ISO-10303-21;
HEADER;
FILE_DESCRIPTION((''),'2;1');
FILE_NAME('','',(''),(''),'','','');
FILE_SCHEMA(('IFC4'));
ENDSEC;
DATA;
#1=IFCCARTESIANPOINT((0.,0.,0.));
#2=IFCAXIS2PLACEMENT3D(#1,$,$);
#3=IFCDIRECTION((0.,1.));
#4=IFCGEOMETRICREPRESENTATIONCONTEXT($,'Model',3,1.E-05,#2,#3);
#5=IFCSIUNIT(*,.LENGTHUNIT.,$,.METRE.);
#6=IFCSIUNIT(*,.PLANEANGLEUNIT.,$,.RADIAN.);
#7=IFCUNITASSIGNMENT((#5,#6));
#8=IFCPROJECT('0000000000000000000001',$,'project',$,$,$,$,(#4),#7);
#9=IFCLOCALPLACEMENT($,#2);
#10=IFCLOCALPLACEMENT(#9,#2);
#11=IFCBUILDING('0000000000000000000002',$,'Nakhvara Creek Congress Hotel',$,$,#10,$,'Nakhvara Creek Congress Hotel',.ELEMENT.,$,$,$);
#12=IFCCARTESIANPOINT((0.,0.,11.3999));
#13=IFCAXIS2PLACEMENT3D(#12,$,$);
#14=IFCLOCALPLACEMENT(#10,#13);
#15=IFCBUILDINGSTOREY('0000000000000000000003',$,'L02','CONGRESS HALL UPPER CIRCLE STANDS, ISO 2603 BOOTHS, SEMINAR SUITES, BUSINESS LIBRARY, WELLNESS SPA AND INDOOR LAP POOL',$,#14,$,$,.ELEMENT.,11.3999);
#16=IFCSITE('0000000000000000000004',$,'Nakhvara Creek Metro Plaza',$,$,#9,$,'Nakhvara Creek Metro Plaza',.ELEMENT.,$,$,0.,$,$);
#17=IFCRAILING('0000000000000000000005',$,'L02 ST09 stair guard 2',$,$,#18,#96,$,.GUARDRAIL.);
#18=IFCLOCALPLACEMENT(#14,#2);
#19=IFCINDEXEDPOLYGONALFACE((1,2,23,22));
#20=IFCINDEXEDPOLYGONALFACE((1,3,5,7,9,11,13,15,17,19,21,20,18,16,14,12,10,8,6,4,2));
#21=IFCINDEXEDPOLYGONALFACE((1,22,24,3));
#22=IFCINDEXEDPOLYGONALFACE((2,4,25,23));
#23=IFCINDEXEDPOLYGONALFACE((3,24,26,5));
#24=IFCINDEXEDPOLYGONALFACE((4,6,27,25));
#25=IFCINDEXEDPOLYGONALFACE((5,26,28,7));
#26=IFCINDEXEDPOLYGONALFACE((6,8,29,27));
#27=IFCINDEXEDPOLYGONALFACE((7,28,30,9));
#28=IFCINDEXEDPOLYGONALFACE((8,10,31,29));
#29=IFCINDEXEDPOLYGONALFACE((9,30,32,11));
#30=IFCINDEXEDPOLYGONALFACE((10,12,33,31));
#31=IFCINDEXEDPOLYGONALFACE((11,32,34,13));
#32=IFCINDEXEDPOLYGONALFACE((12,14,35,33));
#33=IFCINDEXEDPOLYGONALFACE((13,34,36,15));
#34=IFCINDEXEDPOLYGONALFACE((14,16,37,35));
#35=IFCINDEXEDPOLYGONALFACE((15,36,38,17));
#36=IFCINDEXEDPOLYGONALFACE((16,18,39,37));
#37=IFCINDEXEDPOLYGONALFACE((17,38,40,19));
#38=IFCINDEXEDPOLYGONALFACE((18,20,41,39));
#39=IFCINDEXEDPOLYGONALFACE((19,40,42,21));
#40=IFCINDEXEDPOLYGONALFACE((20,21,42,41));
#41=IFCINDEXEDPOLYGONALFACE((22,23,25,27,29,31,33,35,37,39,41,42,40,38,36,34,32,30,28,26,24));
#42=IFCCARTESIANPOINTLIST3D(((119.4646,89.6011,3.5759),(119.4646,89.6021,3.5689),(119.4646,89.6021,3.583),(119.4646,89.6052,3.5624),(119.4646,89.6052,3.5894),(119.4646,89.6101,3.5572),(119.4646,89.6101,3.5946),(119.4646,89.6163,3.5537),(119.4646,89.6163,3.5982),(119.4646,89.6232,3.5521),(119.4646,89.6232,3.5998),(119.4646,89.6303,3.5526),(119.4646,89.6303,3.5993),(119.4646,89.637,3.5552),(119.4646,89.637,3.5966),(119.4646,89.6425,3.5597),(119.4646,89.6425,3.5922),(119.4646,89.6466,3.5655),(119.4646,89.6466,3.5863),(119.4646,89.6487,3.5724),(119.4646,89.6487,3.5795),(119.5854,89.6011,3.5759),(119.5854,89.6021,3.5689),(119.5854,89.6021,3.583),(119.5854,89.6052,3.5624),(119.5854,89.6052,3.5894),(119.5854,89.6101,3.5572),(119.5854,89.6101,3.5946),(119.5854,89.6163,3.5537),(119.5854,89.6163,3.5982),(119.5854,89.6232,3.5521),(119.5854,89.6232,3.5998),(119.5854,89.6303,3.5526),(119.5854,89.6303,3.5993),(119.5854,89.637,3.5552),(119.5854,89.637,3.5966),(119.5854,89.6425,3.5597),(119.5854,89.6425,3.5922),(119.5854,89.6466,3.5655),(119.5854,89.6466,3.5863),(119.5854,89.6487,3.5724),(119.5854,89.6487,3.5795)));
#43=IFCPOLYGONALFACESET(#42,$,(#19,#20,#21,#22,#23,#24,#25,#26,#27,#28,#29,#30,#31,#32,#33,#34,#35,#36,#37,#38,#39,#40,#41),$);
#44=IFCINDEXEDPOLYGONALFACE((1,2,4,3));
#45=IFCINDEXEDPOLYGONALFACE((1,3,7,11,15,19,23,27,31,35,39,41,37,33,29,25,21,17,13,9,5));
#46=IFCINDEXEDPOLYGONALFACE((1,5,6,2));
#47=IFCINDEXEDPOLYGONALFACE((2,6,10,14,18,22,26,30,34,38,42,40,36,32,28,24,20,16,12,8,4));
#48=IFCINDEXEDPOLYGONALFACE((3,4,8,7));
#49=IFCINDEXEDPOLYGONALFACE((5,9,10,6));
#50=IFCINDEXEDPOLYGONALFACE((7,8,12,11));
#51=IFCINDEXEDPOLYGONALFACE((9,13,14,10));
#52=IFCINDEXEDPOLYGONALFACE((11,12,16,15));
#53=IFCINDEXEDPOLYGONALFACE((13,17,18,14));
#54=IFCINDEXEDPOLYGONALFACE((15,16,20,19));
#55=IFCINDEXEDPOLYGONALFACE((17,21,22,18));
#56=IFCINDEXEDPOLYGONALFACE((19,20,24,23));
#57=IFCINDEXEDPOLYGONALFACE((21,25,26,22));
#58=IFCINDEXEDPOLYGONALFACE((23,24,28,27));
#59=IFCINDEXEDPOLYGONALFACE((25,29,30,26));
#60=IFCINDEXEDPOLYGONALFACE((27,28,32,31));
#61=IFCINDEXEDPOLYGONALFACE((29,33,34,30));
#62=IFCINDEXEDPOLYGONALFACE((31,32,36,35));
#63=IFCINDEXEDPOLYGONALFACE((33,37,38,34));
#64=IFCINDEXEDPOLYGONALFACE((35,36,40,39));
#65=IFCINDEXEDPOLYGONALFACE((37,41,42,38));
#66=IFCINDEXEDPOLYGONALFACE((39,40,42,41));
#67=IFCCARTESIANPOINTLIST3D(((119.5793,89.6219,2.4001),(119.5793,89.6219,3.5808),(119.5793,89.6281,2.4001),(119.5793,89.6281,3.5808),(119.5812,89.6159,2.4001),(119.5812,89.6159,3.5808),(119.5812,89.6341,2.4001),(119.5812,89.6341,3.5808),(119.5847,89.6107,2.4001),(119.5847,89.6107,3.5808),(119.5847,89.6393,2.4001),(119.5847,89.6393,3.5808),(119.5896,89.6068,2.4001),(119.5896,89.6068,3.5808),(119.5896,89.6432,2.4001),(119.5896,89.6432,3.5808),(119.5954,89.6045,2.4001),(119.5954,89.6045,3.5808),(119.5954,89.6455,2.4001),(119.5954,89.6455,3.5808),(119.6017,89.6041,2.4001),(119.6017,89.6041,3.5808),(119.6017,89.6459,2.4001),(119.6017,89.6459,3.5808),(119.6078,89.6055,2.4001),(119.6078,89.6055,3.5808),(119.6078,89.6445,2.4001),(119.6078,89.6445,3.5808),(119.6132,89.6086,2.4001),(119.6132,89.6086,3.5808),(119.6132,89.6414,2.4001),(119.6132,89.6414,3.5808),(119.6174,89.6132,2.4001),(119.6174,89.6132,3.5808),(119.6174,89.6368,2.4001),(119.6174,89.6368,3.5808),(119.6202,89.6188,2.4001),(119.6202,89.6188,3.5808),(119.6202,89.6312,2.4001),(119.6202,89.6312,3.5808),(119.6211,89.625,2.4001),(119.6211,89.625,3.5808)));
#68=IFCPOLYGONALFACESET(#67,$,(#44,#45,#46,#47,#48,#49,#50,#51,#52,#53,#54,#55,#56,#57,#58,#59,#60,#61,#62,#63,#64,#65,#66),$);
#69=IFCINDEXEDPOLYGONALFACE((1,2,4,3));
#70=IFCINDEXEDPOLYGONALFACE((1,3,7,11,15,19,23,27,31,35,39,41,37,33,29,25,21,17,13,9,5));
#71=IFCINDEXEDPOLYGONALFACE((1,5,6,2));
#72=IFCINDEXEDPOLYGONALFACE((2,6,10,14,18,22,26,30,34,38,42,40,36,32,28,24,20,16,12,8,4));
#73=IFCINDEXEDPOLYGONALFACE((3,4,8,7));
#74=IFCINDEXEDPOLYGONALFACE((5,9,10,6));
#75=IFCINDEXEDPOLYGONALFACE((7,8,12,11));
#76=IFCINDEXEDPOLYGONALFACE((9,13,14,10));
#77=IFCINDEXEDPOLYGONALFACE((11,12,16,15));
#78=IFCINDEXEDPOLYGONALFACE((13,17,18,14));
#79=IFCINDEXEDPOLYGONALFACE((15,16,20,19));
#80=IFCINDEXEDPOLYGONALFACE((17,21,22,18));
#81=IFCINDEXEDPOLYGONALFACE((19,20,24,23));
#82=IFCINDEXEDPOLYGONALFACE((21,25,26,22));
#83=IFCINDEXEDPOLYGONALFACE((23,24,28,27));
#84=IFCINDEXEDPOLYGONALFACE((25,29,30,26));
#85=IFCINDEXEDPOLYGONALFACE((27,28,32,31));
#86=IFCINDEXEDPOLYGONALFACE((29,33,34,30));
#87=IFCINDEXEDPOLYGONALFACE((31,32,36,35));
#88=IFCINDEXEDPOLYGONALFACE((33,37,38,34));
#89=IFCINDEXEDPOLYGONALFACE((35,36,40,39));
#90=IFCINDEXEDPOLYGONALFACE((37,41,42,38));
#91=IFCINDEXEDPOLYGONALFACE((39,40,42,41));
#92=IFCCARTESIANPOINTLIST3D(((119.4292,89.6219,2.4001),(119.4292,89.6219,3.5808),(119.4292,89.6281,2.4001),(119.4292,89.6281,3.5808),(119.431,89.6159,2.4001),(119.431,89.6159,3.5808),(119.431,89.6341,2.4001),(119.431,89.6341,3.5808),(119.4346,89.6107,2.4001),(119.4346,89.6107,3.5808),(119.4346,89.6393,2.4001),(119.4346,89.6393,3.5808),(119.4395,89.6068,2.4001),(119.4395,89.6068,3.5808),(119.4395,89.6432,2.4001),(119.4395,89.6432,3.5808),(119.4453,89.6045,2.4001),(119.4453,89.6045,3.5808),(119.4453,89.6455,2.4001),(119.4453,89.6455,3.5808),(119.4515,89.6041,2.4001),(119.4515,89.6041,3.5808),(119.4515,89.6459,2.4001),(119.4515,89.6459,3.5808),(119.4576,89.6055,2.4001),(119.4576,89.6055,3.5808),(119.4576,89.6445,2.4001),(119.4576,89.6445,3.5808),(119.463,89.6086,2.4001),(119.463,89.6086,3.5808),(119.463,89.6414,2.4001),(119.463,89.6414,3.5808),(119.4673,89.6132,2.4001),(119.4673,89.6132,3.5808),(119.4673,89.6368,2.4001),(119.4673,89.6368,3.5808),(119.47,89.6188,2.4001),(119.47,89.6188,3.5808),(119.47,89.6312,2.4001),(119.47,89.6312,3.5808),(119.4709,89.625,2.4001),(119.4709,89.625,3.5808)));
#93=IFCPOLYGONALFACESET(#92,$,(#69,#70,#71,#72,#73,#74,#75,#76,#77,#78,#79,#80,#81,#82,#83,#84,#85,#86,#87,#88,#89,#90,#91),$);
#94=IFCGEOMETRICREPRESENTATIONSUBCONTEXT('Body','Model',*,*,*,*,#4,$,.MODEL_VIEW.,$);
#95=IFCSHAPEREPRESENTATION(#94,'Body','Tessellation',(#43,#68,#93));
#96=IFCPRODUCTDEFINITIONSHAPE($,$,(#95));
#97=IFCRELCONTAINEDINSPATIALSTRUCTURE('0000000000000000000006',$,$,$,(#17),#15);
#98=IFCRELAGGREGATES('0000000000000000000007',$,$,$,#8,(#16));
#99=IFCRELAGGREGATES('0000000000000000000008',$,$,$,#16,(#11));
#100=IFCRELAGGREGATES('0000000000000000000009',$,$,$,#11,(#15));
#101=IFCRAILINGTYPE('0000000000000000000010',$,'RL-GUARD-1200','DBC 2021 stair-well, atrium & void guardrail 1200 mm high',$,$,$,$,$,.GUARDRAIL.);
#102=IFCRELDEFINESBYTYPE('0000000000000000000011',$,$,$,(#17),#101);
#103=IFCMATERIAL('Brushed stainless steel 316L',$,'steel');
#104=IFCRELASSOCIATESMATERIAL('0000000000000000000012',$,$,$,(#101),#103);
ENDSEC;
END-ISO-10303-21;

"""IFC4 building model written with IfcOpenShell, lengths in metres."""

from ifc_helpers import new_model, si_unit, direction, frame, origin, origin_2d, place, context, subcontext, project, spatial, circle, extrude, material, type_object, element, save


model = new_model("IFC4")

# Units and contexts
model_context = context("Model", 3, precision=1e-05, world=origin(), true_north=direction((0.0, 1.0)))
body_context = subcontext(model_context, "Body", "Model", "MODEL_VIEW")
ifc_project = project(units=[si_unit("LENGTHUNIT", "METRE"), si_unit("PLANEANGLEUNIT", "RADIAN")], contexts=[model_context])

# Site, building, storey
site_placement = place(None, origin())
site = spatial("IfcSite", under=ifc_project, at=site_placement, Name="Nakhvara Creek Metro Plaza", LongName="Nakhvara Creek Metro Plaza", CompositionType="ELEMENT", RefElevation=0.0)
building_placement = place(site_placement, origin())
building = spatial("IfcBuilding", under=site, at=building_placement, Name="Nakhvara Creek Congress Hotel", LongName="Nakhvara Creek Congress Hotel", CompositionType="ELEMENT")
storey_placement = place(building_placement, frame((0.0, 0.0, 11.3999)))
storey = spatial("IfcBuildingStorey", under=building, at=storey_placement, Name="L02", Description="CONGRESS HALL UPPER CIRCLE STANDS, ISO 2603 BOOTHS, SEMINAR SUITES, BUSINESS LIBRARY, WELLNESS SPA AND INDOOR LAP POOL", CompositionType="ELEMENT", Elevation=11.3999)

# Railing
ifc_material_1 = material(Name="Brushed stainless steel 316L", Category="steel")
railing_type_1 = type_object("IfcRailingType", Name="RL-GUARD-1200", Description="DBC 2021 stair-well, atrium & void guardrail 1200 mm high", PredefinedType="GUARDRAIL", material=ifc_material_1)
railing_1_placement = place(storey_placement, frame((119.6001, 89.625, 2.4001)))
element("IfcRailing", 1, at=railing_1_placement, inside=storey, type_object=railing_type_1, Name="L02 ST09 stair guard 2", PredefinedType="GUARDRAIL", context=body_context, shape_type="SweptSolid", body=[
    extrude(circle(Radius=0.0239, at=origin_2d()), frame((-0.0146, 0.0, 1.1758), z_axis=(-1.0, 0.0, 0.0), x_axis=(0.0, -1.0, 0.0)), (0.0, 0.0, 1.0), 0.1208),
    extrude(circle(Radius=0.021, at=origin_2d()), origin(), (0.0, 0.0, 1.0), 1.1807),
    extrude(circle(Radius=0.021, at=origin_2d()), frame((-0.1501, 0.0, 0.0)), (0.0, 0.0, 1.0), 1.1807),
])

save(model, "model.ifc")
